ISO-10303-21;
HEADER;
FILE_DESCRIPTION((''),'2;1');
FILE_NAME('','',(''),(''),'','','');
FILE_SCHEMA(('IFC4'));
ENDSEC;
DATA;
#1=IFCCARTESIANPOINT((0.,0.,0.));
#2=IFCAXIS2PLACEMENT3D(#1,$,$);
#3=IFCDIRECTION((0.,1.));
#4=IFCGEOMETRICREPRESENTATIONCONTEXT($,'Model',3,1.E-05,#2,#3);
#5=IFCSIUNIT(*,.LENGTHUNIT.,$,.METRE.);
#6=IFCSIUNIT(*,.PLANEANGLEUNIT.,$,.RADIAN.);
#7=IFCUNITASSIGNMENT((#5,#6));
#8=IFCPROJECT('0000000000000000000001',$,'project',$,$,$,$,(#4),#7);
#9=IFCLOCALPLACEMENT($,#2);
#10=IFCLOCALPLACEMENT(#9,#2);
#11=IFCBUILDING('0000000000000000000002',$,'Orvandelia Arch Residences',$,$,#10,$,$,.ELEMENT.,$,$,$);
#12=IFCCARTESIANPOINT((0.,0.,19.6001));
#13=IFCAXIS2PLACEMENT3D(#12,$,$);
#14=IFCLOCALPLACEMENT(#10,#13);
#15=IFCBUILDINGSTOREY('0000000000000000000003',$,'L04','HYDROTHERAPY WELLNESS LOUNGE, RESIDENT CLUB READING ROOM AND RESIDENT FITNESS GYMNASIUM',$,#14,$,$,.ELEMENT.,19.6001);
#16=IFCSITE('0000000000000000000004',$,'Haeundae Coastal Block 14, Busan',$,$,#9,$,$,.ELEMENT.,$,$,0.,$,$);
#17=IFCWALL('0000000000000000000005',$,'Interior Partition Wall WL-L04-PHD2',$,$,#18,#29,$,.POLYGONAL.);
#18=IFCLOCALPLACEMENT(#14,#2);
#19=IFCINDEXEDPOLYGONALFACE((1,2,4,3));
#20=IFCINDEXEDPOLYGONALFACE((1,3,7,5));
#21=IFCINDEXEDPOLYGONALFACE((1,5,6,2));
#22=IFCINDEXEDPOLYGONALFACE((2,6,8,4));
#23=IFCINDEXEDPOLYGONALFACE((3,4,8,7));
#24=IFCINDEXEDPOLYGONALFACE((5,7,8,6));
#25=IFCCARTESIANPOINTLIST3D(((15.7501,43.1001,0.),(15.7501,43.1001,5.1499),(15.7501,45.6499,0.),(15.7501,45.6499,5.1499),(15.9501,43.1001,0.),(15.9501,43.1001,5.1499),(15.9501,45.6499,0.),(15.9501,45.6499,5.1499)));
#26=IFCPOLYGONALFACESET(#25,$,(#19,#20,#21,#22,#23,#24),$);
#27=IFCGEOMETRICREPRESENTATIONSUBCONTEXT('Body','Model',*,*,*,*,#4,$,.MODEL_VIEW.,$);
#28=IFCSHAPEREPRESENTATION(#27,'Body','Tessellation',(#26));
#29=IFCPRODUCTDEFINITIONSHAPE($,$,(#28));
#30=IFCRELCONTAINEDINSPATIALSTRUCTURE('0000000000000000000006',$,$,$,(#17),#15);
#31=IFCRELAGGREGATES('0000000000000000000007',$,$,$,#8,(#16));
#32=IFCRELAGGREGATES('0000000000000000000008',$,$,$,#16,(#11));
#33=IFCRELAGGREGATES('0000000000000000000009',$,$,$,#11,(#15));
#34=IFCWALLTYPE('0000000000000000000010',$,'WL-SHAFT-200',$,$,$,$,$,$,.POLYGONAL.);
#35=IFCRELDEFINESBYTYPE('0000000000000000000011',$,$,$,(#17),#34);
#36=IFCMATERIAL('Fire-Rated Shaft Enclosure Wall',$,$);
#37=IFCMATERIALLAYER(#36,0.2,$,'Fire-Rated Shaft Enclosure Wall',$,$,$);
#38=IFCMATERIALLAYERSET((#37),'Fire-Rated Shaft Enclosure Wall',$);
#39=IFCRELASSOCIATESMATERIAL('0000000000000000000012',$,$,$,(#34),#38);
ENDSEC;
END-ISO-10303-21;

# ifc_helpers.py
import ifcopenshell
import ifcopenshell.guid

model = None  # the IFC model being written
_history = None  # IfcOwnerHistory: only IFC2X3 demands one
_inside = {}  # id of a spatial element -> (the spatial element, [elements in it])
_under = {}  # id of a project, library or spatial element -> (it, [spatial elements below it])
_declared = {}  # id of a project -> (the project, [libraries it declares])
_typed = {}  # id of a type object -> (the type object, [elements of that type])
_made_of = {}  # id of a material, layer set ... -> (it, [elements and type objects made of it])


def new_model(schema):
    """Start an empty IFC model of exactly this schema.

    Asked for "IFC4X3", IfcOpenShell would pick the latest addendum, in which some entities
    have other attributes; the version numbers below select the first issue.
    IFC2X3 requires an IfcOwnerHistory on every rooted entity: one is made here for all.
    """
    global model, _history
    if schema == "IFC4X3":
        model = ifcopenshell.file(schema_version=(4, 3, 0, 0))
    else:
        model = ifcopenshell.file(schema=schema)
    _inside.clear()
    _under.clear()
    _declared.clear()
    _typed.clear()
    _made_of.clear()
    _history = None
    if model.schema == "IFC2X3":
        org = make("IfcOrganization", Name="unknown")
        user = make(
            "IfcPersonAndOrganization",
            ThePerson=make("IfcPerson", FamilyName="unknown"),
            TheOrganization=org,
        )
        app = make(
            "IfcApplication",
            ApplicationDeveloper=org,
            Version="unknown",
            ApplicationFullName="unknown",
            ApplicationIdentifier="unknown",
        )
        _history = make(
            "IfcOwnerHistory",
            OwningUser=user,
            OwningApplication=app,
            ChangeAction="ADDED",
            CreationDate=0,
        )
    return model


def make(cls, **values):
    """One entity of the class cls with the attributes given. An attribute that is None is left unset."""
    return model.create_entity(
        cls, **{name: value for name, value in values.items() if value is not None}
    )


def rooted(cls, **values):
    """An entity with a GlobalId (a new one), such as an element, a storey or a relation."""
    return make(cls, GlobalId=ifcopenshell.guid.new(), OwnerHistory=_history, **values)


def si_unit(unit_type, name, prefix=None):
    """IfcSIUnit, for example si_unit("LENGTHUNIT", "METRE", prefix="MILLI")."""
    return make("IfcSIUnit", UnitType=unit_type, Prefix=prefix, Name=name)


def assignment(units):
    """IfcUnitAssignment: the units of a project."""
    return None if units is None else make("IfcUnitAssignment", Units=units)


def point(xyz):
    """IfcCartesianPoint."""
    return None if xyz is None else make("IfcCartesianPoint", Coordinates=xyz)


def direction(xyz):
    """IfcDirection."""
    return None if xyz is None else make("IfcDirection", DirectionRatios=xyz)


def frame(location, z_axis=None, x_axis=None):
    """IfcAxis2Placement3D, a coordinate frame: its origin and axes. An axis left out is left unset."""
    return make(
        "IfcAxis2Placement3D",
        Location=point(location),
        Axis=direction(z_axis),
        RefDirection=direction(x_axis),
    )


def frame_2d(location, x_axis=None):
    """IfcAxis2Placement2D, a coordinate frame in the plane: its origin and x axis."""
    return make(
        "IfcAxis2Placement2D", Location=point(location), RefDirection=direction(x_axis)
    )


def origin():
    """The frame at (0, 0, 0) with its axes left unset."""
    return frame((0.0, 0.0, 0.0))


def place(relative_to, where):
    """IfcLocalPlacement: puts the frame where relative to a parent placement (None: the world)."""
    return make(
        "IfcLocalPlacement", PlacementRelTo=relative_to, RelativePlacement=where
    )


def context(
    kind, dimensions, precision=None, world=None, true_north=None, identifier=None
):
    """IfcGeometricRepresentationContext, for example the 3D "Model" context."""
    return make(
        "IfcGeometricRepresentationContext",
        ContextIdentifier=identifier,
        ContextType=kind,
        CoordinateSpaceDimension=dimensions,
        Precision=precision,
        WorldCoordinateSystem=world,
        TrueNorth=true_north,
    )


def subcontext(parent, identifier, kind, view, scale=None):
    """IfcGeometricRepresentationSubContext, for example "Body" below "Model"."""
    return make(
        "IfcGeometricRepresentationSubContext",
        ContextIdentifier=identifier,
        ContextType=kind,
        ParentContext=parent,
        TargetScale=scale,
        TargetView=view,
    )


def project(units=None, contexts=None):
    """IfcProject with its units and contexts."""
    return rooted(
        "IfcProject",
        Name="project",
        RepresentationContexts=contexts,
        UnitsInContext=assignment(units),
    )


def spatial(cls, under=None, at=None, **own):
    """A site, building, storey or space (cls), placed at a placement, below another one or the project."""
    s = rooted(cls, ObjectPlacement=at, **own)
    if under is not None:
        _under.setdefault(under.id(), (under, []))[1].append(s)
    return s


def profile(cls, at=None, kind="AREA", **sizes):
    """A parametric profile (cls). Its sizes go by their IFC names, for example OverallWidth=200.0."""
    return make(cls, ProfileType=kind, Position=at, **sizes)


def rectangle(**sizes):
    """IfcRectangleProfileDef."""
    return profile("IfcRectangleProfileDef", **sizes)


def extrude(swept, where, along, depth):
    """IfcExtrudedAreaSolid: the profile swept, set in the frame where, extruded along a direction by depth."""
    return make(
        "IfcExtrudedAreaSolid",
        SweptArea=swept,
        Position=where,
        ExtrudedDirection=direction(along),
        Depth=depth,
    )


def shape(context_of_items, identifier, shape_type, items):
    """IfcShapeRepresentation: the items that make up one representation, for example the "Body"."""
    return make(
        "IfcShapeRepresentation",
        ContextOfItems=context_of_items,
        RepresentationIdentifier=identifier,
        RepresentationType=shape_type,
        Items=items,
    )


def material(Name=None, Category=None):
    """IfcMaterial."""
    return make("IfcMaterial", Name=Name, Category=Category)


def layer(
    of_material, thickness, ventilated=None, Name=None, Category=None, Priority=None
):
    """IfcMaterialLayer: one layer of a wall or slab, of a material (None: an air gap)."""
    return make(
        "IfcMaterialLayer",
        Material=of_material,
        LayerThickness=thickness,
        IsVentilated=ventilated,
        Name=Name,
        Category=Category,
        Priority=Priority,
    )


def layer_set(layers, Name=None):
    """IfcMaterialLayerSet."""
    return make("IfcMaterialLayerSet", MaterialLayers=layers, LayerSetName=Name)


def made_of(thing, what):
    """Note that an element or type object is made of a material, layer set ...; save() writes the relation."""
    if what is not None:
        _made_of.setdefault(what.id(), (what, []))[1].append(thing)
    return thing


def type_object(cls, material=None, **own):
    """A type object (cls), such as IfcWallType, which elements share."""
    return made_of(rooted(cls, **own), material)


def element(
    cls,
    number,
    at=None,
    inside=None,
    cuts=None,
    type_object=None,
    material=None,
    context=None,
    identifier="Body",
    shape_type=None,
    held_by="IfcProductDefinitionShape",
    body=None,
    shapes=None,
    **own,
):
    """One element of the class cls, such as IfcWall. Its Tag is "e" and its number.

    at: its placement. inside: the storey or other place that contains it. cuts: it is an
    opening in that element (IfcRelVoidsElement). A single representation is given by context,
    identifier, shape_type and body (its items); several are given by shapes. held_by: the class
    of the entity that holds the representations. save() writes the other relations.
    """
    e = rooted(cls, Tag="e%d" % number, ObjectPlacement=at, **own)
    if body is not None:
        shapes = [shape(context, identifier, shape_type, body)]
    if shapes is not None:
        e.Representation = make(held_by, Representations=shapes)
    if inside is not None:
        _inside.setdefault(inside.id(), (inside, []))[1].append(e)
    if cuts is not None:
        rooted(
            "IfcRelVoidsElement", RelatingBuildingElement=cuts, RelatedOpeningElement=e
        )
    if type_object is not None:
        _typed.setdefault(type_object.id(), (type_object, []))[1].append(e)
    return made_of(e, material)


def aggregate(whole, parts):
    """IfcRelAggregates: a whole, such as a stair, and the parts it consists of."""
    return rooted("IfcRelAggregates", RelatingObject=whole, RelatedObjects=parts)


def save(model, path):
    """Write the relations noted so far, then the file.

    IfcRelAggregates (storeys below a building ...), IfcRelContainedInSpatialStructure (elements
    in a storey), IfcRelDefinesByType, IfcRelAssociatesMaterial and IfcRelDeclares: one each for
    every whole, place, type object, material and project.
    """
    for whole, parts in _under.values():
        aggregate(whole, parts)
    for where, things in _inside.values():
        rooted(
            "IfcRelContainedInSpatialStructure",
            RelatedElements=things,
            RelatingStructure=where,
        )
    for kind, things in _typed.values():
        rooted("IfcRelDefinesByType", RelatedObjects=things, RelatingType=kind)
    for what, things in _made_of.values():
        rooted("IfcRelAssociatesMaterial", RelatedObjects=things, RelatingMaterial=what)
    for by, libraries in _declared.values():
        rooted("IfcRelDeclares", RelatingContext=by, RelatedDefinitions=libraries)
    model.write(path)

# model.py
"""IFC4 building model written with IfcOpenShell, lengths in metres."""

from ifc_helpers import new_model, si_unit, direction, frame, frame_2d, origin, place, context, subcontext, project, spatial, rectangle, extrude, material, layer, layer_set, type_object, element, save


model = new_model("IFC4")

# Units and contexts
model_context = context("Model", 3, precision=1e-05, world=origin(), true_north=direction((0.0, 1.0)))
body_context = subcontext(model_context, "Body", "Model", "MODEL_VIEW")
ifc_project = project(units=[si_unit("LENGTHUNIT", "METRE"), si_unit("PLANEANGLEUNIT", "RADIAN")], contexts=[model_context])

# Site, building, storey
site_placement = place(None, origin())
site = spatial("IfcSite", under=ifc_project, at=site_placement, Name="Haeundae Coastal Block 14, Busan", CompositionType="ELEMENT", RefElevation=0.0)
building_placement = place(site_placement, origin())
building = spatial("IfcBuilding", under=site, at=building_placement, Name="Orvandelia Arch Residences", CompositionType="ELEMENT")
storey_placement = place(building_placement, frame((0.0, 0.0, 19.6001)))
storey = spatial("IfcBuildingStorey", under=building, at=storey_placement, Name="L04", Description="HYDROTHERAPY WELLNESS LOUNGE, RESIDENT CLUB READING ROOM AND RESIDENT FITNESS GYMNASIUM", CompositionType="ELEMENT", Elevation=19.6001)

# Shared definitions
ifc_material_1 = material(Name="Fire-Rated Shaft Enclosure Wall")
ifc_layer_1 = layer(ifc_material_1, 0.2, Name="Fire-Rated Shaft Enclosure Wall")
ifc_layer_set_1 = layer_set([ifc_layer_1], Name="Fire-Rated Shaft Enclosure Wall")
wall_type_1 = type_object("IfcWallType", Name="WL-SHAFT-200", PredefinedType="POLYGONAL", material=ifc_layer_set_1)

# Wall
for number, where, z_axis, x_axis, name in (
    (1, (15.8501, 43.1001, 0.0), (0.0, 0.0, 1.0), (0.0, 1.0, 0.0), "Interior Partition Wall WL-L04-PHD2"),
):
    element("IfcWall", number, at=place(storey_placement, frame(where, z_axis=z_axis, x_axis=x_axis)), inside=storey, type_object=wall_type_1, Name=name, PredefinedType="POLYGONAL", context=body_context, shape_type="SweptSolid", body=[
        extrude(rectangle(XDim=2.5498, YDim=0.2, at=frame_2d((1.2749, 0.0))), origin(), (0.0, 0.0, 1.0), 5.1499),
    ])

save(model, "model.ifc")
